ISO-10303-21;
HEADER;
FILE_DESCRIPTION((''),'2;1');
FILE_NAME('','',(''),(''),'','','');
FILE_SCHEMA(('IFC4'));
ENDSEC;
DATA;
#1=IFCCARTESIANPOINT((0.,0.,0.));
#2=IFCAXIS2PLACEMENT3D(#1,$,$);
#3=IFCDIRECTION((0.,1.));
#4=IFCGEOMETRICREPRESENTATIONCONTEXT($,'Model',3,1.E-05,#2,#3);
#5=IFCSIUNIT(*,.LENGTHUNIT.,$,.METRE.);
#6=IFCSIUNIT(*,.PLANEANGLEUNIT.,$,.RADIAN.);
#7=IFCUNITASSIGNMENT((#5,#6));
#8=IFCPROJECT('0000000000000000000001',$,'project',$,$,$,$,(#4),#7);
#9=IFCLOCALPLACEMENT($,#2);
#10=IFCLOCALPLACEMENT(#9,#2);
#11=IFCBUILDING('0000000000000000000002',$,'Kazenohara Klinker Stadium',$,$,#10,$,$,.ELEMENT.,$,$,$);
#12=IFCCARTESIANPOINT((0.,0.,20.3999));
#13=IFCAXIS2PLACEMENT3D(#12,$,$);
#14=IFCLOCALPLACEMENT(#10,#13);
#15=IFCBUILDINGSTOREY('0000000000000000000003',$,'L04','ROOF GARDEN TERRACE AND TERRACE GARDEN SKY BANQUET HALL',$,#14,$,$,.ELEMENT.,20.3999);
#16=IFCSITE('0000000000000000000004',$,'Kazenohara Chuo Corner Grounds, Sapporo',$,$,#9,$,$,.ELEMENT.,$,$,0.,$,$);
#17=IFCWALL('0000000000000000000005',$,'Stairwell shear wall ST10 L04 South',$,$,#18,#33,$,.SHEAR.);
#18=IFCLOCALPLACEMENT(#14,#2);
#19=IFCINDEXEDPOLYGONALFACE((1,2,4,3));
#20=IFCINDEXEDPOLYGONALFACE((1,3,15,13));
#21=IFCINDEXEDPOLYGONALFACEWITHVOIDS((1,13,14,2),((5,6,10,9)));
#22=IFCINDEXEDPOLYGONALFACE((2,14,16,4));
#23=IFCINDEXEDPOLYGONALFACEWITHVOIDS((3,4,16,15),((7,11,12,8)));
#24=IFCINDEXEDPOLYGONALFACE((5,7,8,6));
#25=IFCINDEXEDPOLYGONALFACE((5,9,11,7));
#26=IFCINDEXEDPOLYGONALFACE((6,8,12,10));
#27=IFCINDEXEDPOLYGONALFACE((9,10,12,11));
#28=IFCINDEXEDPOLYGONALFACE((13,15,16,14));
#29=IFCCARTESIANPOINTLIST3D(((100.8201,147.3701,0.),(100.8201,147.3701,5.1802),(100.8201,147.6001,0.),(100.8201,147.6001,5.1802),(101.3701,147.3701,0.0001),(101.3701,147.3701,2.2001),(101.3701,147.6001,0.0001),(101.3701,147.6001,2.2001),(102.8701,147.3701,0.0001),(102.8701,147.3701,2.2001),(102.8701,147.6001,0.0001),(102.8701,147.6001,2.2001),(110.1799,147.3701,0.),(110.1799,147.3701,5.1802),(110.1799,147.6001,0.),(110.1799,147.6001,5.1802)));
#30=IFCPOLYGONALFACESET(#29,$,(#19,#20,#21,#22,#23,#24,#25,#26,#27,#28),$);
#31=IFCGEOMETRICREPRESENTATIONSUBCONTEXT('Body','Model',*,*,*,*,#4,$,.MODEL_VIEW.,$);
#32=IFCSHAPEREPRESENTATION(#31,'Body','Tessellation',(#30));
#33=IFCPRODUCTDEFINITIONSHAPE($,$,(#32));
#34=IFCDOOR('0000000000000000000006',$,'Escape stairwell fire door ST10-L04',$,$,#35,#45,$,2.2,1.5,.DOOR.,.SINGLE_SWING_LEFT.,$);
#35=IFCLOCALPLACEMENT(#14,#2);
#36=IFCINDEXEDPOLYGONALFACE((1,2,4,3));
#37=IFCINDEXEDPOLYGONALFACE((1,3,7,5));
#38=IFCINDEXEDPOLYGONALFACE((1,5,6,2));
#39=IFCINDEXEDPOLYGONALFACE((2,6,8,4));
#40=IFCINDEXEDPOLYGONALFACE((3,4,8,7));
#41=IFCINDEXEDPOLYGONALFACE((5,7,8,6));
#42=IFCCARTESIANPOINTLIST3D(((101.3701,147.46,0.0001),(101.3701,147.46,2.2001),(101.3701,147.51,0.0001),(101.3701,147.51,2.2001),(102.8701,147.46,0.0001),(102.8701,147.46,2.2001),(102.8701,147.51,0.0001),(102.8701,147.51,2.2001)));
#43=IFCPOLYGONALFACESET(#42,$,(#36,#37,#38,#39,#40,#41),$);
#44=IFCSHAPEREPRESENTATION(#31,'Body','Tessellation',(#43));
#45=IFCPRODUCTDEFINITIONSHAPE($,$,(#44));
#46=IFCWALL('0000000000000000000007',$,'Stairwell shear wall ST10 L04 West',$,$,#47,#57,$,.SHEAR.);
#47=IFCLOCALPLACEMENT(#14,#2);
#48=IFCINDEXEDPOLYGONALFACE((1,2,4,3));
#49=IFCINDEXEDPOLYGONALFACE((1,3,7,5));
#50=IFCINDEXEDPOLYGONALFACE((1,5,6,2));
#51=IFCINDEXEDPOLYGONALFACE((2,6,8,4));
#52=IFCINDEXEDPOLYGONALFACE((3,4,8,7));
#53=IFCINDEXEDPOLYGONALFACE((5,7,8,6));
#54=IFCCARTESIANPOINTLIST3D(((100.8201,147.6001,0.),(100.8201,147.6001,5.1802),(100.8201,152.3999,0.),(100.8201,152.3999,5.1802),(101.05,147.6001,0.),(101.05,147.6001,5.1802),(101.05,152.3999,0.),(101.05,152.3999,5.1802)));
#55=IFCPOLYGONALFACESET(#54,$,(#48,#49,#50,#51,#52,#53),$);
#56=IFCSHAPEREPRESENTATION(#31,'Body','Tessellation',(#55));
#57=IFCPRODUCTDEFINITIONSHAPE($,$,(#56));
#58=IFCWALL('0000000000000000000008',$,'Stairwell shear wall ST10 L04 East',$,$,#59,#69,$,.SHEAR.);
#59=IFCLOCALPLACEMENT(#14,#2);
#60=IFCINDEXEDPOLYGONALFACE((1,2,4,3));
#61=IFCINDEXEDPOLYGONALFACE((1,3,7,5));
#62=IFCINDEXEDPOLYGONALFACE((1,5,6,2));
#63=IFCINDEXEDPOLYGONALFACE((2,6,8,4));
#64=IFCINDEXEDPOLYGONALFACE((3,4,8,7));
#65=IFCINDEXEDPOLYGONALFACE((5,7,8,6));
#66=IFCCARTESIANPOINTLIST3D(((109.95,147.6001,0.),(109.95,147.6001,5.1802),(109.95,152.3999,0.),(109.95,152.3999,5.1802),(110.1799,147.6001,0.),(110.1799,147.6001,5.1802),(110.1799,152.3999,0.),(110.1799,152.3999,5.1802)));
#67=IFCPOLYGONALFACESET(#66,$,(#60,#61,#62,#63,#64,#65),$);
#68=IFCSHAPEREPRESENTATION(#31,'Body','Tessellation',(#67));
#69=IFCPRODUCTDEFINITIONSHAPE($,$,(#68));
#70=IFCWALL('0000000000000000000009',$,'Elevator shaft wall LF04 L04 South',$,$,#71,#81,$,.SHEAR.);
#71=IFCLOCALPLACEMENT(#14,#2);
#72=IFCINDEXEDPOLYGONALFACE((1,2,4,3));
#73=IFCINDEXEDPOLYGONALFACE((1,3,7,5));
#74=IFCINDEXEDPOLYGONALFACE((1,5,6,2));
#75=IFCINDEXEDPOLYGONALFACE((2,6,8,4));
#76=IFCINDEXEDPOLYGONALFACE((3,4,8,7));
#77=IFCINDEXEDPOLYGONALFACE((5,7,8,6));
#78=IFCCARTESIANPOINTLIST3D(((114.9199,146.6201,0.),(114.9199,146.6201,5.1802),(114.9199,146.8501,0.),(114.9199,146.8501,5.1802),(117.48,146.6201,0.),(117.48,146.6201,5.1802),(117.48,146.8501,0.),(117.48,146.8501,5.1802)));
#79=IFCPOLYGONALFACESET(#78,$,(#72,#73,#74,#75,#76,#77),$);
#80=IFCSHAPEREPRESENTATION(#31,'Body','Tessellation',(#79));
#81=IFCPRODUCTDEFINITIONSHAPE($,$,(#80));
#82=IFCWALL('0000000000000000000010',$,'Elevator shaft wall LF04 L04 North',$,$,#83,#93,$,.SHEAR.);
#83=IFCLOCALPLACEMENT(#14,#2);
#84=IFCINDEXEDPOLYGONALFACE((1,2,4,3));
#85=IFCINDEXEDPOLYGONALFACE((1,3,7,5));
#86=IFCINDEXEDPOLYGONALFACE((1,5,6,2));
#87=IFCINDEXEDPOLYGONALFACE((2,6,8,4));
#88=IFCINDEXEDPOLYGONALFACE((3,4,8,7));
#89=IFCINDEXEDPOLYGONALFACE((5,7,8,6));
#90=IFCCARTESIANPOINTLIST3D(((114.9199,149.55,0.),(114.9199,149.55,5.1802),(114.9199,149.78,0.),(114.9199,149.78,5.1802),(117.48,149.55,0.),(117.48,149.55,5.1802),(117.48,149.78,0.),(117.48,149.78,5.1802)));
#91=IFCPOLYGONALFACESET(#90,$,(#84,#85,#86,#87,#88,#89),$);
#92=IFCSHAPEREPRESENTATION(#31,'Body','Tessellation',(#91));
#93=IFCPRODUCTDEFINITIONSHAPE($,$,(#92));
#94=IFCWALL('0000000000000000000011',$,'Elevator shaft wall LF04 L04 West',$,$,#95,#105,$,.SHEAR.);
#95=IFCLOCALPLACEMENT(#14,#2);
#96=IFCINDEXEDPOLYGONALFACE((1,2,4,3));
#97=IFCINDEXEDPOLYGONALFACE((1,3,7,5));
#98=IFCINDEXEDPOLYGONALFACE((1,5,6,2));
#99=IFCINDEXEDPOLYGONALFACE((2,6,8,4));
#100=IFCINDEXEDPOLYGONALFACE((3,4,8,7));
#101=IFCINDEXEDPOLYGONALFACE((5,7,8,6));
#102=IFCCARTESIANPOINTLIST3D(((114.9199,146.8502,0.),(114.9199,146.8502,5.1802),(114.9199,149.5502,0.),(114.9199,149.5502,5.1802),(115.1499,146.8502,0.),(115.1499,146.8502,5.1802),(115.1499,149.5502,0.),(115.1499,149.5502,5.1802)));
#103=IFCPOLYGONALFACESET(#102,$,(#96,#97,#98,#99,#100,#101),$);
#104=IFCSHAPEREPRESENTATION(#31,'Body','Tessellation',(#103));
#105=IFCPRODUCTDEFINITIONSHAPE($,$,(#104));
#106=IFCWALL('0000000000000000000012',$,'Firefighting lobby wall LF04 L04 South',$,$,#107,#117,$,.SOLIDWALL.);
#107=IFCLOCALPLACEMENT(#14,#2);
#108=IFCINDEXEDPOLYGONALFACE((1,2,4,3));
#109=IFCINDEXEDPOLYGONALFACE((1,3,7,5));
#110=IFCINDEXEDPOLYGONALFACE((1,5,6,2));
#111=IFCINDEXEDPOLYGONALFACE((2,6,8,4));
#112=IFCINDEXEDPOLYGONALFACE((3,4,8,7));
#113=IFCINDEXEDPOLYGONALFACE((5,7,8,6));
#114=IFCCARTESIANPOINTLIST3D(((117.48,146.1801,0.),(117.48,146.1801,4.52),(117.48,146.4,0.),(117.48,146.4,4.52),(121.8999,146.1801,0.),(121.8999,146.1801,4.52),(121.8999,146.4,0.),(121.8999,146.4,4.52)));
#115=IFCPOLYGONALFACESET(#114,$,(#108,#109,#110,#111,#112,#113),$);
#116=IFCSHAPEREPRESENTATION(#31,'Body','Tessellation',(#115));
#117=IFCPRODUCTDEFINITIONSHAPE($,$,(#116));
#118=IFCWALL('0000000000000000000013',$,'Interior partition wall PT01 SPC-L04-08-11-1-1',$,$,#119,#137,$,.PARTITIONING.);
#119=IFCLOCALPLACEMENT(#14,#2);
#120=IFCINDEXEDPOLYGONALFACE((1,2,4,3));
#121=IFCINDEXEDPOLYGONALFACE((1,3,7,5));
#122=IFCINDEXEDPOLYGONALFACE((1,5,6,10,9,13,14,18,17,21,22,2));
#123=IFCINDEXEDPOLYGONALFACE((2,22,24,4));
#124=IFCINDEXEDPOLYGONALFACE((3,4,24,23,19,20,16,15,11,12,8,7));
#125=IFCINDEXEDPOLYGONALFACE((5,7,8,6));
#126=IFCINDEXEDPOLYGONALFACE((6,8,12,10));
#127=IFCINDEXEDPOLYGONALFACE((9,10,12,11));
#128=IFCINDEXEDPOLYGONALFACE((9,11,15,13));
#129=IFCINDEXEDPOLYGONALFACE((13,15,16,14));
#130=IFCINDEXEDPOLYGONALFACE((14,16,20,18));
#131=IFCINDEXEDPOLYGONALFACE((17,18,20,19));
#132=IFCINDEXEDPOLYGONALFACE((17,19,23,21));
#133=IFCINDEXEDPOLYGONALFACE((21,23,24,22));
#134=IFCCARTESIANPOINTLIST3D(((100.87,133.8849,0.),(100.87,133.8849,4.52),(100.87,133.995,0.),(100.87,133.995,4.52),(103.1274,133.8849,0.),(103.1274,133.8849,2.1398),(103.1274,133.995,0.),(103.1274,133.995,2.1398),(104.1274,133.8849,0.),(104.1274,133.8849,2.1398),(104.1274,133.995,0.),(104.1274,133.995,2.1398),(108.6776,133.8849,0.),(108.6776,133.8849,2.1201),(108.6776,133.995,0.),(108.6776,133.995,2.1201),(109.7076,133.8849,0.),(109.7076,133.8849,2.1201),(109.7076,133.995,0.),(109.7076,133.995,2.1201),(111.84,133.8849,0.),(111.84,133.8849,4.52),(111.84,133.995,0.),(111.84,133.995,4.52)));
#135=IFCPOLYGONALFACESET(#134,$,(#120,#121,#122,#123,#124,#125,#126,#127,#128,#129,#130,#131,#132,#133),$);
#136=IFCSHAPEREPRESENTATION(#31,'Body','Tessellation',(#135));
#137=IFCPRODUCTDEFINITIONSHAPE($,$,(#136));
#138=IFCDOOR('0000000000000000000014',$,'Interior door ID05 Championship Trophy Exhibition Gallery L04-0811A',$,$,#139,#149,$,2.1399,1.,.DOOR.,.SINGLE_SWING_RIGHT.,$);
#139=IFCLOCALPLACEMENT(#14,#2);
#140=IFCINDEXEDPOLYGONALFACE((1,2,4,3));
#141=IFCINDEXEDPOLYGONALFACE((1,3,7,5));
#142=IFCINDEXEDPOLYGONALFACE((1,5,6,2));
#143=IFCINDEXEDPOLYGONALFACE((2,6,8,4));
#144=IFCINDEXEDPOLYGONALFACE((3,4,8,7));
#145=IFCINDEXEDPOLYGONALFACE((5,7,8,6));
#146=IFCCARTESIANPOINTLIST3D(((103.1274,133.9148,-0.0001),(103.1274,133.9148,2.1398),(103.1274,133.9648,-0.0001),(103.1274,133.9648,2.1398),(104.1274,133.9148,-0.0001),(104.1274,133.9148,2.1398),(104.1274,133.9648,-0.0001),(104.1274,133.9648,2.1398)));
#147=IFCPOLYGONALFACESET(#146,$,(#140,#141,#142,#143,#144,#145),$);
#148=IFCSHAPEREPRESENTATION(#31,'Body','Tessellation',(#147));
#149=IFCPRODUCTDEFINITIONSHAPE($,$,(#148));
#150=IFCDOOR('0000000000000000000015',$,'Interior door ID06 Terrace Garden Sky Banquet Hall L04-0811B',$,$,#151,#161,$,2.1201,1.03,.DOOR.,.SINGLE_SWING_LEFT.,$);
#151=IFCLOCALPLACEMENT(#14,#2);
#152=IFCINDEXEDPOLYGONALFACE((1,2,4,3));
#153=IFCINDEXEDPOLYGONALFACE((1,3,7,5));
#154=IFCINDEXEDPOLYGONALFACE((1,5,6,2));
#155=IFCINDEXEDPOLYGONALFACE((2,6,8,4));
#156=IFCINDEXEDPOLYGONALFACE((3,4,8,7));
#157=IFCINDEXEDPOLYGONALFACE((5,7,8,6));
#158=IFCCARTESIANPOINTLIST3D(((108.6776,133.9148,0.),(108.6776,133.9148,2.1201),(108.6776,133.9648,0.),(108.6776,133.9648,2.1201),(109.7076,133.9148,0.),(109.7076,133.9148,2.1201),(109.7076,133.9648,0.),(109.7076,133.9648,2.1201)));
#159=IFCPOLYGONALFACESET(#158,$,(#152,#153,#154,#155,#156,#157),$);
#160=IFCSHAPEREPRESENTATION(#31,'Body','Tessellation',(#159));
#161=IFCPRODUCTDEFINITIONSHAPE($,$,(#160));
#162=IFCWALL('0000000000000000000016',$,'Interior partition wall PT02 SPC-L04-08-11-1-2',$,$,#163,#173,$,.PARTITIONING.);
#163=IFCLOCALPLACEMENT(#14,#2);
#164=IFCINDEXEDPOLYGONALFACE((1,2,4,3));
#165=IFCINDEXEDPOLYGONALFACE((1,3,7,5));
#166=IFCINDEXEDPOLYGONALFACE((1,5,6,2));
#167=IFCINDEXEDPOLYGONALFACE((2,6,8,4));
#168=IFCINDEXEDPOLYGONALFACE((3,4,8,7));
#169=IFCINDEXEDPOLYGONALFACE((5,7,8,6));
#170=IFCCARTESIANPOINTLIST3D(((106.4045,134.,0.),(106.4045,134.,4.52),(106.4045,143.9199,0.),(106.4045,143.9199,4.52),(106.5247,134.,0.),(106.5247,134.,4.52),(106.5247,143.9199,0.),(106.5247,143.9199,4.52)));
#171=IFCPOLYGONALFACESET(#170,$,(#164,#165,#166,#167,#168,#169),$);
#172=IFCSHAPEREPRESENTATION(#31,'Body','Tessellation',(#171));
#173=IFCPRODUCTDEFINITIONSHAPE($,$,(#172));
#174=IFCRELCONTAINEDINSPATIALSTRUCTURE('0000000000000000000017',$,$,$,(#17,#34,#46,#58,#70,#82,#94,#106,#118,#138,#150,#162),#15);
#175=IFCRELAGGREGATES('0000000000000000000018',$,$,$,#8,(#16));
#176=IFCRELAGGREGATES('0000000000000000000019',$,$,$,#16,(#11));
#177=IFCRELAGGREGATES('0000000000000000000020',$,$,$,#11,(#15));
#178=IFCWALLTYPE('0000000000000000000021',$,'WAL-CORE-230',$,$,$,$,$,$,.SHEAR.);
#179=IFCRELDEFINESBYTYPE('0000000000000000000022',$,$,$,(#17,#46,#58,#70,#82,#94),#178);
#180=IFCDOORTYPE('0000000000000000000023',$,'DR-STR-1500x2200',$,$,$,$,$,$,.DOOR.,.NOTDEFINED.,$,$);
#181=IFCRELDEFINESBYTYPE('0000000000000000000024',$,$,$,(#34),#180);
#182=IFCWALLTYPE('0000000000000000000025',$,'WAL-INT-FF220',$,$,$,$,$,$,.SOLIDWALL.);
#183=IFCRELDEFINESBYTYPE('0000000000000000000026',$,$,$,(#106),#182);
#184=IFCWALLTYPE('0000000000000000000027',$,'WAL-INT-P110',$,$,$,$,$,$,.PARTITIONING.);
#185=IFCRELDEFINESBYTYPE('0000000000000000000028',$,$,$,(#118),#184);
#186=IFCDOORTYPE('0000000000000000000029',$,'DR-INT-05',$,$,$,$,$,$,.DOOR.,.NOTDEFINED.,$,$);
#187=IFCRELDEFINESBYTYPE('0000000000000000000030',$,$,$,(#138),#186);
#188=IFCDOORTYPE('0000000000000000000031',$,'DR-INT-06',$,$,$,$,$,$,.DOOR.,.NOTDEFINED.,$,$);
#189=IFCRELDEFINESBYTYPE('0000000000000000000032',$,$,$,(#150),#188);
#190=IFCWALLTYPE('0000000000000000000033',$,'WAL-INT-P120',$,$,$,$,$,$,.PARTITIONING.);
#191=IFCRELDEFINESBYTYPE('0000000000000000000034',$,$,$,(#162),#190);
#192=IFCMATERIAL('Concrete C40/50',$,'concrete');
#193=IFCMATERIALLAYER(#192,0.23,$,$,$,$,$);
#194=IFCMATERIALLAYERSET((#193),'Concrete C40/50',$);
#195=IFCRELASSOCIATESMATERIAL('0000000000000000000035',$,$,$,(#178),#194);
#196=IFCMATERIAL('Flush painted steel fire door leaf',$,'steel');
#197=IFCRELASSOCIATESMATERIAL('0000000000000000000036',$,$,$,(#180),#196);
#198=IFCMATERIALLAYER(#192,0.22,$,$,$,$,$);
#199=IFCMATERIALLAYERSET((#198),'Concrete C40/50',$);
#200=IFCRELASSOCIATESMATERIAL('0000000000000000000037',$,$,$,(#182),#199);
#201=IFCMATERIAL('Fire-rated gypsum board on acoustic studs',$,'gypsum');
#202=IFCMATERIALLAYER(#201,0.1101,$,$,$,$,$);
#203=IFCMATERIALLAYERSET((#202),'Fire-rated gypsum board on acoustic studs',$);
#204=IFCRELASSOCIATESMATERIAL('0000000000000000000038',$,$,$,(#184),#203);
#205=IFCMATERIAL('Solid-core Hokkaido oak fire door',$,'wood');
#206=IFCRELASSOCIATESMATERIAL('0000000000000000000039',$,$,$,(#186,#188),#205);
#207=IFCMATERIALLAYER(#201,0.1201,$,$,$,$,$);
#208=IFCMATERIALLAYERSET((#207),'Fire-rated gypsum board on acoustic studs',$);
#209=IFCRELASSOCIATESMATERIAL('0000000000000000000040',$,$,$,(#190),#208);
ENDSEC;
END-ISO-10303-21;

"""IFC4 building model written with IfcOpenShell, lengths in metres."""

from ifc_helpers import new_model, si_unit, direction, frame, frame_2d, origin, place, context, subcontext, project, spatial, rectangle, extrude, material, layer, layer_set, type_object, element, fill, save


model = new_model("IFC4")

# Units and contexts
model_context = context("Model", 3, precision=1e-05, world=origin(), true_north=direction((0.0, 1.0)))
body_context = subcontext(model_context, "Body", "Model", "MODEL_VIEW")
ifc_project = project(units=[si_unit("LENGTHUNIT", "METRE"), si_unit("PLANEANGLEUNIT", "RADIAN")], contexts=[model_context])

# Site, building, storey
site_placement = place(None, origin())
site = spatial("IfcSite", under=ifc_project, at=site_placement, Name="Kazenohara Chuo Corner Grounds, Sapporo", CompositionType="ELEMENT", RefElevation=0.0)
building_placement = place(site_placement, origin())
building = spatial("IfcBuilding", under=site, at=building_placement, Name="Kazenohara Klinker Stadium", CompositionType="ELEMENT")
storey_placement = place(building_placement, frame((0.0, 0.0, 20.3999)))
storey = spatial("IfcBuildingStorey", under=building, at=storey_placement, Name="L04", Description="ROOF GARDEN TERRACE AND TERRACE GARDEN SKY BANQUET HALL", CompositionType="ELEMENT", Elevation=20.3999)

# Shared definitions
ifc_material_1 = material(Name="Concrete C40/50", Category="concrete")

# Wall, opening, door
ifc_layer_1 = layer(ifc_material_1, 0.23)
ifc_layer_set_1 = layer_set([ifc_layer_1], Name="Concrete C40/50")
wall_type_1 = type_object("IfcWallType", Name="WAL-CORE-230", PredefinedType="SHEAR", material=ifc_layer_set_1)
wall_1_placement = place(storey_placement, frame((100.8201, 147.4851, 0.0), z_axis=(0.0, 0.0, 1.0), x_axis=(1.0, 0.0, 0.0)))
wall_1 = element("IfcWall", 1, at=wall_1_placement, inside=storey, type_object=wall_type_1, Name="Stairwell shear wall ST10 L04 South", PredefinedType="SHEAR", context=body_context, shape_type="SweptSolid", body=[
    extrude(rectangle(XDim=9.3599, YDim=0.23, at=frame_2d((4.6799, 0.0))), origin(), (0.0, 0.0, 1.0), 5.1802),
])
opening_1_placement = place(wall_1_placement, frame((0.55, 0.0, 0.0)))
opening_1 = element("IfcOpeningElement", 2, at=opening_1_placement, cuts=wall_1, PredefinedType="OPENING", context=body_context, shape_type="SweptSolid", body=[
    extrude(rectangle(XDim=1.5, YDim=2.2, at=frame_2d((0.75, 1.1001))), frame((0.0, 0.125, 0.0), z_axis=(0.0, -1.0, 0.0), x_axis=(1.0, 0.0, 0.0)), (0.0, 0.0, 1.0), 0.25),
])
ifc_material_2 = material(Name="Flush painted steel fire door leaf", Category="steel")
door_type_1 = type_object("IfcDoorType", Name="DR-STR-1500x2200", OperationType="NOTDEFINED", PredefinedType="DOOR", material=ifc_material_2)
door_1_placement = place(opening_1_placement, origin())
door_1 = element("IfcDoor", 3, at=door_1_placement, inside=storey, type_object=door_type_1, Name="Escape stairwell fire door ST10-L04", OperationType="SINGLE_SWING_LEFT", OverallHeight=2.2, OverallWidth=1.5, PredefinedType="DOOR", context=body_context, shape_type="SweptSolid", body=[
    extrude(rectangle(XDim=1.5, YDim=2.2, at=frame_2d((0.75, 1.1001))), frame((0.0, 0.0249, 0.0), z_axis=(0.0, -1.0, 0.0), x_axis=(1.0, 0.0, 0.0)), (0.0, 0.0, 1.0), 0.05),
])
fill(opening_1, door_1)

# Walls
for number, where, z_axis, x_axis, name in (
    (4, (100.9351, 147.6001, 0.0), (0.0, 0.0, 1.0), (0.0, 1.0, 0.0), "Stairwell shear wall ST10 L04 West"),
    (5, (110.0649, 147.6001, 0.0), (0.0, 0.0, 1.0), (0.0, 1.0, 0.0), "Stairwell shear wall ST10 L04 East"),
):
    element("IfcWall", number, at=place(storey_placement, frame(where, z_axis=z_axis, x_axis=x_axis)), inside=storey, type_object=wall_type_1, Name=name, PredefinedType="SHEAR", context=body_context, shape_type="SweptSolid", body=[
        extrude(rectangle(XDim=4.7998, YDim=0.23, at=frame_2d((2.3999, 0.0))), origin(), (0.0, 0.0, 1.0), 5.1802),
    ])
for number, where, z_axis, x_axis, name in (
    (6, (114.9199, 146.7351, 0.0), (0.0, 0.0, 1.0), (1.0, 0.0, 0.0), "Elevator shaft wall LF04 L04 South"),
    (7, (114.9199, 149.665, 0.0), (0.0, 0.0, 1.0), (1.0, 0.0, 0.0), "Elevator shaft wall LF04 L04 North"),
):
    element("IfcWall", number, at=place(storey_placement, frame(where, z_axis=z_axis, x_axis=x_axis)), inside=storey, type_object=wall_type_1, Name=name, PredefinedType="SHEAR", context=body_context, shape_type="SweptSolid", body=[
        extrude(rectangle(XDim=2.5601, YDim=0.23, at=frame_2d((1.28, 0.0))), origin(), (0.0, 0.0, 1.0), 5.1802),
    ])
wall_2_placement = place(storey_placement, frame((115.0349, 146.8501, 0.0), z_axis=(0.0, 0.0, 1.0), x_axis=(0.0, 1.0, 0.0)))
element("IfcWall", 8, at=wall_2_placement, inside=storey, type_object=wall_type_1, Name="Elevator shaft wall LF04 L04 West", PredefinedType="SHEAR", context=body_context, shape_type="SweptSolid", body=[
    extrude(rectangle(XDim=2.7, YDim=0.23, at=frame_2d((1.3501, 0.0))), origin(), (0.0, 0.0, 1.0), 5.1802),
])

# Wall
ifc_layer_2 = layer(ifc_material_1, 0.22)
ifc_layer_set_2 = layer_set([ifc_layer_2], Name="Concrete C40/50")
wall_type_2 = type_object("IfcWallType", Name="WAL-INT-FF220", PredefinedType="SOLIDWALL", material=ifc_layer_set_2)
wall_3_placement = place(storey_placement, frame((117.48, 146.29, 0.0), z_axis=(0.0, 0.0, 1.0), x_axis=(1.0, 0.0, 0.0)))
element("IfcWall", 9, at=wall_3_placement, inside=storey, type_object=wall_type_2, Name="Firefighting lobby wall LF04 L04 South", PredefinedType="SOLIDWALL", context=body_context, shape_type="SweptSolid", body=[
    extrude(rectangle(XDim=4.4199, YDim=0.22, at=frame_2d((2.21, 0.0))), origin(), (0.0, 0.0, 1.0), 4.52),
])

# Wall, openings, doors
ifc_material_3 = material(Name="Fire-rated gypsum board on acoustic studs", Category="gypsum")
ifc_layer_3 = layer(ifc_material_3, 0.1101)
ifc_layer_set_3 = layer_set([ifc_layer_3], Name="Fire-rated gypsum board on acoustic studs")
wall_type_3 = type_object("IfcWallType", Name="WAL-INT-P110", PredefinedType="PARTITIONING", material=ifc_layer_set_3)
wall_4_placement = place(storey_placement, frame((100.8701, 133.9399, 0.0), z_axis=(0.0, 0.0, 1.0), x_axis=(1.0, 0.0, 0.0)))
wall_4 = element("IfcWall", 10, at=wall_4_placement, inside=storey, type_object=wall_type_3, Name="Interior partition wall PT01 SPC-L04-08-11-1-1", PredefinedType="PARTITIONING", context=body_context, shape_type="SweptSolid", body=[
    extrude(rectangle(XDim=10.97, YDim=0.1101, at=frame_2d((5.4849, 0.0))), origin(), (0.0, 0.0, 1.0), 4.52),
])
opening_2_placement = place(wall_4_placement, frame((2.2573, 0.0, 0.0)))
opening_2 = element("IfcOpeningElement", 11, at=opening_2_placement, cuts=wall_4, PredefinedType="OPENING", context=body_context, shape_type="SweptSolid", body=[
    extrude(rectangle(XDim=1.0, YDim=2.1399, at=frame_2d((0.5, 1.0698))), frame((0.0, 0.0649, 0.0), z_axis=(0.0, -1.0, 0.0), x_axis=(1.0, 0.0, 0.0)), (0.0, 0.0, 1.0), 0.1301),
])
opening_3_placement = place(wall_4_placement, frame((7.8074, 0.0, 0.0)))
opening_3 = element("IfcOpeningElement", 12, at=opening_3_placement, cuts=wall_4, PredefinedType="OPENING", context=body_context, shape_type="SweptSolid", body=[
    extrude(rectangle(XDim=1.03, YDim=2.1201, at=frame_2d((0.5151, 1.0601))), frame((0.0, 0.0649, 0.0), z_axis=(0.0, -1.0, 0.0), x_axis=(1.0, 0.0, 0.0)), (0.0, 0.0, 1.0), 0.1301),
])
ifc_material_4 = material(Name="Solid-core Hokkaido oak fire door", Category="wood")
door_type_2 = type_object("IfcDoorType", Name="DR-INT-05", OperationType="NOTDEFINED", PredefinedType="DOOR", material=ifc_material_4)
door_2_placement = place(opening_2_placement, origin())
door_2 = element("IfcDoor", 13, at=door_2_placement, inside=storey, type_object=door_type_2, Name="Interior door ID05 Championship Trophy Exhibition Gallery L04-0811A", OperationType="SINGLE_SWING_RIGHT", OverallHeight=2.1399, OverallWidth=1.0, PredefinedType="DOOR", context=body_context, shape_type="SweptSolid", body=[
    extrude(rectangle(XDim=1.0, YDim=2.1399, at=frame_2d((0.5, 1.0698))), frame((0.0, 0.0249, 0.0), z_axis=(0.0, -1.0, 0.0), x_axis=(1.0, 0.0, 0.0)), (0.0, 0.0, 1.0), 0.05),
])
fill(opening_2, door_2)
door_type_3 = type_object("IfcDoorType", Name="DR-INT-06", OperationType="NOTDEFINED", PredefinedType="DOOR", material=ifc_material_4)
door_3_placement = place(opening_3_placement, origin())
door_3 = element("IfcDoor", 14, at=door_3_placement, inside=storey, type_object=door_type_3, Name="Interior door ID06 Terrace Garden Sky Banquet Hall L04-0811B", OperationType="SINGLE_SWING_LEFT", OverallHeight=2.1201, OverallWidth=1.03, PredefinedType="DOOR", context=body_context, shape_type="SweptSolid", body=[
    extrude(rectangle(XDim=1.03, YDim=2.1201, at=frame_2d((0.5151, 1.0601))), frame((0.0, 0.0249, 0.0), z_axis=(0.0, -1.0, 0.0), x_axis=(1.0, 0.0, 0.0)), (0.0, 0.0, 1.0), 0.05),
])
fill(opening_3, door_3)

# Wall
ifc_layer_4 = layer(ifc_material_3, 0.1201)
ifc_layer_set_4 = layer_set([ifc_layer_4], Name="Fire-rated gypsum board on acoustic studs")
wall_type_4 = type_object("IfcWallType", Name="WAL-INT-P120", PredefinedType="PARTITIONING", material=ifc_layer_set_4)
wall_5_placement = place(storey_placement, frame((106.4646, 134.0, 0.0), z_axis=(0.0, 0.0, 1.0), x_axis=(0.0, 1.0, 0.0)))
element("IfcWall", 15, at=wall_5_placement, inside=storey, type_object=wall_type_4, Name="Interior partition wall PT02 SPC-L04-08-11-1-2", PredefinedType="PARTITIONING", context=body_context, shape_type="SweptSolid", body=[
    extrude(rectangle(XDim=9.9199, YDim=0.1201, at=frame_2d((4.96, 0.0))), origin(), (0.0, 0.0, 1.0), 4.52),
])

save(model, "model.ifc")
